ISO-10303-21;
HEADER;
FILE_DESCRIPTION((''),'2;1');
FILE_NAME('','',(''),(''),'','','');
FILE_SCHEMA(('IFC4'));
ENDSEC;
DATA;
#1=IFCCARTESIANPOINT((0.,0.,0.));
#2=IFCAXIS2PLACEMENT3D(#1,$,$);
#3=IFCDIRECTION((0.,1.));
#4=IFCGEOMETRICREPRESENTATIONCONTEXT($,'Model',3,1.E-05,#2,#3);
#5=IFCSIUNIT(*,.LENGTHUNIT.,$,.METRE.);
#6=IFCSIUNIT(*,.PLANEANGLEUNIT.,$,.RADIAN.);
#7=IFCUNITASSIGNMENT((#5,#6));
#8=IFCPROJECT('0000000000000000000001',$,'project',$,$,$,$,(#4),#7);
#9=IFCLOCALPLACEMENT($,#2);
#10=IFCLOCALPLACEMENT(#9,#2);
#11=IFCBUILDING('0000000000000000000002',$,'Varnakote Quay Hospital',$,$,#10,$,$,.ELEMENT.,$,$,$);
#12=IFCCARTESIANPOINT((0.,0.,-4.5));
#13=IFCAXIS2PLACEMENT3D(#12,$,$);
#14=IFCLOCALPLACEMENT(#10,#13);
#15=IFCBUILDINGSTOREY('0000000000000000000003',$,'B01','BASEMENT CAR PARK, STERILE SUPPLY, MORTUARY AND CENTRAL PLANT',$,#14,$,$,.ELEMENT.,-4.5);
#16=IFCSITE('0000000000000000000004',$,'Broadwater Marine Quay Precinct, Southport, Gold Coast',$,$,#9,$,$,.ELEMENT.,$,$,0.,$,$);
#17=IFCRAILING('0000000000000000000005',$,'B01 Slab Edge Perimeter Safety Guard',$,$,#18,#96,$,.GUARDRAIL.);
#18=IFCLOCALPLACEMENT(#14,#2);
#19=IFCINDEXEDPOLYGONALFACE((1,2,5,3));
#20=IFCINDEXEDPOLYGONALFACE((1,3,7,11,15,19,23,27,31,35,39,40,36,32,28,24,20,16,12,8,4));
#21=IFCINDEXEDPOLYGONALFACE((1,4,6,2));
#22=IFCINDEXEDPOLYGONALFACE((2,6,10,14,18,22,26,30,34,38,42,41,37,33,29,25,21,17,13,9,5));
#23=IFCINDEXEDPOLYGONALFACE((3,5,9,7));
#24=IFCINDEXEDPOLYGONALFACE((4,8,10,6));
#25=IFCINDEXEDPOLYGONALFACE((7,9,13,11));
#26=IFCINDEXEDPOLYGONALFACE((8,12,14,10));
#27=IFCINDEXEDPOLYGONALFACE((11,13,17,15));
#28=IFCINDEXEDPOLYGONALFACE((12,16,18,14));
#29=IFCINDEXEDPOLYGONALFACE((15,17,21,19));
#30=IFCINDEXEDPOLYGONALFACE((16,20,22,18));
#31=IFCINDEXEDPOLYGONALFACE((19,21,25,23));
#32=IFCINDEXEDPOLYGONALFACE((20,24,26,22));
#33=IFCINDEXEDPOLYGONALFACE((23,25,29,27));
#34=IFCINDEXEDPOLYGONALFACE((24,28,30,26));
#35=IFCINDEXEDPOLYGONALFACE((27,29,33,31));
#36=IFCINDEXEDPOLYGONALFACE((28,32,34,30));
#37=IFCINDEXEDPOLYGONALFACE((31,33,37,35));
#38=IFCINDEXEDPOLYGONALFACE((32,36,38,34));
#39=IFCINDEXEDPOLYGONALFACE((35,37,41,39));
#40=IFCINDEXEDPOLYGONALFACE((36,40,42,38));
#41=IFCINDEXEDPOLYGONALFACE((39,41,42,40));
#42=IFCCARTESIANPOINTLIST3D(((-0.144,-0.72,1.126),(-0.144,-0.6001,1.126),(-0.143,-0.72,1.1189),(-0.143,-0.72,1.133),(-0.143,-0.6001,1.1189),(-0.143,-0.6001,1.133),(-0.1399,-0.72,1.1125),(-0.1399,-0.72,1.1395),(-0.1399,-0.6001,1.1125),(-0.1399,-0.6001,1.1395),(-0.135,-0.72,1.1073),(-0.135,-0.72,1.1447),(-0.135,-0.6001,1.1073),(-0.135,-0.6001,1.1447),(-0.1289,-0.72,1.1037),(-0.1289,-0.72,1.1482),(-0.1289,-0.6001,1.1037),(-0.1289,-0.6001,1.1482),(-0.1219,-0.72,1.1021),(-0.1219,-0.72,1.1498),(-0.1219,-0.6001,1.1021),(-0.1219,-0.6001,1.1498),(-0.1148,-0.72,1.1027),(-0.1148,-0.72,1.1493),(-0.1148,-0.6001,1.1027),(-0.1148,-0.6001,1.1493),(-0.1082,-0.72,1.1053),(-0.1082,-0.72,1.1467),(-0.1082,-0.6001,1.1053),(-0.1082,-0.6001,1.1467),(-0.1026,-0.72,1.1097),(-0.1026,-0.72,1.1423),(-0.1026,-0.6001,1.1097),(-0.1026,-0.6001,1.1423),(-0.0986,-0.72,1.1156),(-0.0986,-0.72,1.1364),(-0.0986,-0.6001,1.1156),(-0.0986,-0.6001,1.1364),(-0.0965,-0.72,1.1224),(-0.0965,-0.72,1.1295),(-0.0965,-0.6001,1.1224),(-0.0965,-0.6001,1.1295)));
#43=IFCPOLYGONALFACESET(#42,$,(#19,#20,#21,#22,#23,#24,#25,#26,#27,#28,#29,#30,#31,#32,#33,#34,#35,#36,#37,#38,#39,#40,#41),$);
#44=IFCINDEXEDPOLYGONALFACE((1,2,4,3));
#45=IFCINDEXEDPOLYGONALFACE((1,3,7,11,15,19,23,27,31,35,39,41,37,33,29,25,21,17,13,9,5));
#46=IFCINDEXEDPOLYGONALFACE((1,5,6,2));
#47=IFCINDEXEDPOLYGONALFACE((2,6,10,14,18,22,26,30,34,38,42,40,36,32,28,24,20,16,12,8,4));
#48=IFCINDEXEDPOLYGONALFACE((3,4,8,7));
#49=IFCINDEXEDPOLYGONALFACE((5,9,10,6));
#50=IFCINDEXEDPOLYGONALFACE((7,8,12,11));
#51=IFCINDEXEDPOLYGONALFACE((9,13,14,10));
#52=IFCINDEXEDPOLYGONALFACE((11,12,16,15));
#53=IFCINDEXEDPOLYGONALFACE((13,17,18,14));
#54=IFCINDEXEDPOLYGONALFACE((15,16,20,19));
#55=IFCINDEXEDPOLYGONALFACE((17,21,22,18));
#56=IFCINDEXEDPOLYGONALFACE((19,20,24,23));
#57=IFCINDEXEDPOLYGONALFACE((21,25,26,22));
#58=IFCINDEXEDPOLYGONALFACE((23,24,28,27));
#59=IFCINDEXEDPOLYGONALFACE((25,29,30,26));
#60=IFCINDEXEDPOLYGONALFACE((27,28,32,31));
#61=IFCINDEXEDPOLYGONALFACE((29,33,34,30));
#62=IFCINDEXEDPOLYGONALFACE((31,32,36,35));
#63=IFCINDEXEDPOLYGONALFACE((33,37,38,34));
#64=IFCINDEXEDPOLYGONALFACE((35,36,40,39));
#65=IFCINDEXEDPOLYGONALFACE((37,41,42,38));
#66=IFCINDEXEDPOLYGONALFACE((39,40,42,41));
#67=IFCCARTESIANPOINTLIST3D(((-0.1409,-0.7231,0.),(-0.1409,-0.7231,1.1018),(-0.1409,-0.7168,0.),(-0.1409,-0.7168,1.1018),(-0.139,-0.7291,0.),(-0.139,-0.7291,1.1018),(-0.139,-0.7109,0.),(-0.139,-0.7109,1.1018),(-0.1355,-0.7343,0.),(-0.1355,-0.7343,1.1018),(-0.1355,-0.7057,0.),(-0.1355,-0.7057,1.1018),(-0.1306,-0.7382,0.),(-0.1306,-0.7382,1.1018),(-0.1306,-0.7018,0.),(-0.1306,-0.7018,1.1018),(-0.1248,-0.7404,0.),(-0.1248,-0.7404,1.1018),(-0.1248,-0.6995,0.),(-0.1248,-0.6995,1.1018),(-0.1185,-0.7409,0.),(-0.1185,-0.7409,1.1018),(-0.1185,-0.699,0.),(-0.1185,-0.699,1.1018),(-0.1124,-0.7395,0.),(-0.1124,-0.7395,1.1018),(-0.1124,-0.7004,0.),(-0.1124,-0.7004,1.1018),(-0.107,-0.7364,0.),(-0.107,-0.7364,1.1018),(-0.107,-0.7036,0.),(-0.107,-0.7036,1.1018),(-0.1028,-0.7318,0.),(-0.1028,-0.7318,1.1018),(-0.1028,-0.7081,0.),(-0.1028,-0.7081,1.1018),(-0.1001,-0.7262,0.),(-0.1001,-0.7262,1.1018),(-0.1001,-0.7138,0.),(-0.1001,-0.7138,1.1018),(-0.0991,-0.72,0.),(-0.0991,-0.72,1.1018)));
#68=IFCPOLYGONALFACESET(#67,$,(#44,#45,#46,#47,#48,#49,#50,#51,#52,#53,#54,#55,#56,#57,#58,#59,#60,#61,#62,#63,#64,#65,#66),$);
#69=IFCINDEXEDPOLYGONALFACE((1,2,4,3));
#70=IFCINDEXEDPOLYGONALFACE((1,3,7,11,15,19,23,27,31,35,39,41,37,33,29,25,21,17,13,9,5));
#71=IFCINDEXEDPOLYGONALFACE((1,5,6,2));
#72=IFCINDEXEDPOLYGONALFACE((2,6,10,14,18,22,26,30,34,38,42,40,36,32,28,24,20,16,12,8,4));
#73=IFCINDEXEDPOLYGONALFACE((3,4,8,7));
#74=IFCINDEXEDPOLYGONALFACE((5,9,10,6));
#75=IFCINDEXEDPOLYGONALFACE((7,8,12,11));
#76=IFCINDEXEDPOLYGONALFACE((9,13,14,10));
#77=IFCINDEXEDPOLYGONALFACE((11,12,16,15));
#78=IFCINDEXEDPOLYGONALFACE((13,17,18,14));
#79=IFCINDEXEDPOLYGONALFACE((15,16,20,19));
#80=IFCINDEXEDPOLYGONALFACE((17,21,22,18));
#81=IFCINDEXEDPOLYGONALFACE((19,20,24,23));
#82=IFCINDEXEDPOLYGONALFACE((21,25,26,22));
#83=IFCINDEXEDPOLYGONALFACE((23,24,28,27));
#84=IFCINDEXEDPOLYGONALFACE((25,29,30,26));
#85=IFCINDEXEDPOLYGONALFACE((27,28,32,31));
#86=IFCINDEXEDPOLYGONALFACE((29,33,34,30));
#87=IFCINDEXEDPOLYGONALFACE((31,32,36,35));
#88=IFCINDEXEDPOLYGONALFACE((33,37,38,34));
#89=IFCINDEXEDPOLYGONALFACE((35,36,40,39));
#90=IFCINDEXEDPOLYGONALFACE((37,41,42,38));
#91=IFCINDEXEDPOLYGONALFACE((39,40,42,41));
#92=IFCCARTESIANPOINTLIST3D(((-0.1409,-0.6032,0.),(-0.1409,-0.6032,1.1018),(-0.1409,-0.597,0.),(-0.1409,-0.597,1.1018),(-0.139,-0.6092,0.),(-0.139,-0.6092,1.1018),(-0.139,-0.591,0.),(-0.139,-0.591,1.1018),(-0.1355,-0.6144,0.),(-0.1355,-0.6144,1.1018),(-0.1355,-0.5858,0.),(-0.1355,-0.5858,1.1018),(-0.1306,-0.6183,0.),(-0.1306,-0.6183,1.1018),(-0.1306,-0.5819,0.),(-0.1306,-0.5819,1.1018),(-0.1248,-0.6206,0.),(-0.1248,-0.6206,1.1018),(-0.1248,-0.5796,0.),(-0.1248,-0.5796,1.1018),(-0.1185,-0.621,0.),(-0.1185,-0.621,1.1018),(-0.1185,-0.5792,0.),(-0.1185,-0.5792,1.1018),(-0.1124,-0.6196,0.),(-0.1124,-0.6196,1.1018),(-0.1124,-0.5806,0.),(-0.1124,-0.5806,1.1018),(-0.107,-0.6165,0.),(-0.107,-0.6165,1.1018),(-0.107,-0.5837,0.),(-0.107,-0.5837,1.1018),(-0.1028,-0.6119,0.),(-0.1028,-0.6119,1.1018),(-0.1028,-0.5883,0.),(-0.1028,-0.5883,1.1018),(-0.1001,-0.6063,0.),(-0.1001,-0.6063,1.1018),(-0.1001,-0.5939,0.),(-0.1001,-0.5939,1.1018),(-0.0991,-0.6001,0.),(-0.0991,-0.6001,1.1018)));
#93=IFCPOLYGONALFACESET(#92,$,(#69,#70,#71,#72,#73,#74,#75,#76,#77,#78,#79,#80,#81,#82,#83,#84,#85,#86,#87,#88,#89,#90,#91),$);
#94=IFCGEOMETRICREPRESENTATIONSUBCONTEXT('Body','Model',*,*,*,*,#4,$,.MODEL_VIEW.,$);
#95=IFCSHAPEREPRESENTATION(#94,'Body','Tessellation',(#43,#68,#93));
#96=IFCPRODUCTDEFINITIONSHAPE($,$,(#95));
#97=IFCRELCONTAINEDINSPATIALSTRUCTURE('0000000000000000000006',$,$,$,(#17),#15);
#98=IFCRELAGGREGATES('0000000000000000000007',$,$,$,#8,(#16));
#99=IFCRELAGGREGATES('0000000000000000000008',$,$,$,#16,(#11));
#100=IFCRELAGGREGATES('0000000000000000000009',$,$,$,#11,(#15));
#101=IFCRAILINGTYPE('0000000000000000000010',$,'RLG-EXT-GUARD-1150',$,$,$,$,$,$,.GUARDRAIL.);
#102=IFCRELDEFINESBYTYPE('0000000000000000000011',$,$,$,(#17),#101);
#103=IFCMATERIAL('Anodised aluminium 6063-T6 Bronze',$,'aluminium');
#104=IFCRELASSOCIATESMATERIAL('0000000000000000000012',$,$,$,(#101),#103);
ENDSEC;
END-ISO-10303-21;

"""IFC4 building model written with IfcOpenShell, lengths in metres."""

from ifc_helpers import new_model, si_unit, direction, frame, origin, origin_2d, place, context, subcontext, project, spatial, circle, extrude, material, type_object, element, save


model = new_model("IFC4")

# Units and contexts
model_context = context("Model", 3, precision=1e-05, world=origin(), true_north=direction((0.0, 1.0)))
body_context = subcontext(model_context, "Body", "Model", "MODEL_VIEW")
ifc_project = project(units=[si_unit("LENGTHUNIT", "METRE"), si_unit("PLANEANGLEUNIT", "RADIAN")], contexts=[model_context])

# Site, building, storey
site_placement = place(None, origin())
site = spatial("IfcSite", under=ifc_project, at=site_placement, Name="Broadwater Marine Quay Precinct, Southport, Gold Coast", CompositionType="ELEMENT", RefElevation=0.0)
building_placement = place(site_placement, origin())
building = spatial("IfcBuilding", under=site, at=building_placement, Name="Varnakote Quay Hospital", CompositionType="ELEMENT")
storey_placement = place(building_placement, frame((0.0, 0.0, -4.5)))
storey = spatial("IfcBuildingStorey", under=building, at=storey_placement, Name="B01", Description="BASEMENT CAR PARK, STERILE SUPPLY, MORTUARY AND CENTRAL PLANT", CompositionType="ELEMENT", Elevation=-4.5)

# Railing
ifc_material_1 = material(Name="Anodised aluminium 6063-T6 Bronze", Category="aluminium")
railing_type = type_object("IfcRailingType", Name="RLG-EXT-GUARD-1150", PredefinedType="GUARDRAIL", material=ifc_material_1)
railing_1_placement = place(storey_placement, frame((-0.1201, -0.72, 0.0)))
element("IfcRailing", 1, at=railing_1_placement, inside=storey, type_object=railing_type, Name="B01 Slab Edge Perimeter Safety Guard", PredefinedType="GUARDRAIL", context=body_context, shape_type="SweptSolid", body=[
    extrude(circle(Radius=0.0239, at=origin_2d()), frame((0.0, 0.0, 1.126), z_axis=(0.0, 1.0, 0.0), x_axis=(-1.0, 0.0, 0.0)), (0.0, 0.0, 1.0), 0.1199),
    extrude(circle(Radius=0.021, at=origin_2d()), origin(), (0.0, 0.0, 1.0), 1.1018),
    extrude(circle(Radius=0.021, at=origin_2d()), frame((0.0, 0.1199, 0.0)), (0.0, 0.0, 1.0), 1.1018),
])

save(model, "model.ifc")
